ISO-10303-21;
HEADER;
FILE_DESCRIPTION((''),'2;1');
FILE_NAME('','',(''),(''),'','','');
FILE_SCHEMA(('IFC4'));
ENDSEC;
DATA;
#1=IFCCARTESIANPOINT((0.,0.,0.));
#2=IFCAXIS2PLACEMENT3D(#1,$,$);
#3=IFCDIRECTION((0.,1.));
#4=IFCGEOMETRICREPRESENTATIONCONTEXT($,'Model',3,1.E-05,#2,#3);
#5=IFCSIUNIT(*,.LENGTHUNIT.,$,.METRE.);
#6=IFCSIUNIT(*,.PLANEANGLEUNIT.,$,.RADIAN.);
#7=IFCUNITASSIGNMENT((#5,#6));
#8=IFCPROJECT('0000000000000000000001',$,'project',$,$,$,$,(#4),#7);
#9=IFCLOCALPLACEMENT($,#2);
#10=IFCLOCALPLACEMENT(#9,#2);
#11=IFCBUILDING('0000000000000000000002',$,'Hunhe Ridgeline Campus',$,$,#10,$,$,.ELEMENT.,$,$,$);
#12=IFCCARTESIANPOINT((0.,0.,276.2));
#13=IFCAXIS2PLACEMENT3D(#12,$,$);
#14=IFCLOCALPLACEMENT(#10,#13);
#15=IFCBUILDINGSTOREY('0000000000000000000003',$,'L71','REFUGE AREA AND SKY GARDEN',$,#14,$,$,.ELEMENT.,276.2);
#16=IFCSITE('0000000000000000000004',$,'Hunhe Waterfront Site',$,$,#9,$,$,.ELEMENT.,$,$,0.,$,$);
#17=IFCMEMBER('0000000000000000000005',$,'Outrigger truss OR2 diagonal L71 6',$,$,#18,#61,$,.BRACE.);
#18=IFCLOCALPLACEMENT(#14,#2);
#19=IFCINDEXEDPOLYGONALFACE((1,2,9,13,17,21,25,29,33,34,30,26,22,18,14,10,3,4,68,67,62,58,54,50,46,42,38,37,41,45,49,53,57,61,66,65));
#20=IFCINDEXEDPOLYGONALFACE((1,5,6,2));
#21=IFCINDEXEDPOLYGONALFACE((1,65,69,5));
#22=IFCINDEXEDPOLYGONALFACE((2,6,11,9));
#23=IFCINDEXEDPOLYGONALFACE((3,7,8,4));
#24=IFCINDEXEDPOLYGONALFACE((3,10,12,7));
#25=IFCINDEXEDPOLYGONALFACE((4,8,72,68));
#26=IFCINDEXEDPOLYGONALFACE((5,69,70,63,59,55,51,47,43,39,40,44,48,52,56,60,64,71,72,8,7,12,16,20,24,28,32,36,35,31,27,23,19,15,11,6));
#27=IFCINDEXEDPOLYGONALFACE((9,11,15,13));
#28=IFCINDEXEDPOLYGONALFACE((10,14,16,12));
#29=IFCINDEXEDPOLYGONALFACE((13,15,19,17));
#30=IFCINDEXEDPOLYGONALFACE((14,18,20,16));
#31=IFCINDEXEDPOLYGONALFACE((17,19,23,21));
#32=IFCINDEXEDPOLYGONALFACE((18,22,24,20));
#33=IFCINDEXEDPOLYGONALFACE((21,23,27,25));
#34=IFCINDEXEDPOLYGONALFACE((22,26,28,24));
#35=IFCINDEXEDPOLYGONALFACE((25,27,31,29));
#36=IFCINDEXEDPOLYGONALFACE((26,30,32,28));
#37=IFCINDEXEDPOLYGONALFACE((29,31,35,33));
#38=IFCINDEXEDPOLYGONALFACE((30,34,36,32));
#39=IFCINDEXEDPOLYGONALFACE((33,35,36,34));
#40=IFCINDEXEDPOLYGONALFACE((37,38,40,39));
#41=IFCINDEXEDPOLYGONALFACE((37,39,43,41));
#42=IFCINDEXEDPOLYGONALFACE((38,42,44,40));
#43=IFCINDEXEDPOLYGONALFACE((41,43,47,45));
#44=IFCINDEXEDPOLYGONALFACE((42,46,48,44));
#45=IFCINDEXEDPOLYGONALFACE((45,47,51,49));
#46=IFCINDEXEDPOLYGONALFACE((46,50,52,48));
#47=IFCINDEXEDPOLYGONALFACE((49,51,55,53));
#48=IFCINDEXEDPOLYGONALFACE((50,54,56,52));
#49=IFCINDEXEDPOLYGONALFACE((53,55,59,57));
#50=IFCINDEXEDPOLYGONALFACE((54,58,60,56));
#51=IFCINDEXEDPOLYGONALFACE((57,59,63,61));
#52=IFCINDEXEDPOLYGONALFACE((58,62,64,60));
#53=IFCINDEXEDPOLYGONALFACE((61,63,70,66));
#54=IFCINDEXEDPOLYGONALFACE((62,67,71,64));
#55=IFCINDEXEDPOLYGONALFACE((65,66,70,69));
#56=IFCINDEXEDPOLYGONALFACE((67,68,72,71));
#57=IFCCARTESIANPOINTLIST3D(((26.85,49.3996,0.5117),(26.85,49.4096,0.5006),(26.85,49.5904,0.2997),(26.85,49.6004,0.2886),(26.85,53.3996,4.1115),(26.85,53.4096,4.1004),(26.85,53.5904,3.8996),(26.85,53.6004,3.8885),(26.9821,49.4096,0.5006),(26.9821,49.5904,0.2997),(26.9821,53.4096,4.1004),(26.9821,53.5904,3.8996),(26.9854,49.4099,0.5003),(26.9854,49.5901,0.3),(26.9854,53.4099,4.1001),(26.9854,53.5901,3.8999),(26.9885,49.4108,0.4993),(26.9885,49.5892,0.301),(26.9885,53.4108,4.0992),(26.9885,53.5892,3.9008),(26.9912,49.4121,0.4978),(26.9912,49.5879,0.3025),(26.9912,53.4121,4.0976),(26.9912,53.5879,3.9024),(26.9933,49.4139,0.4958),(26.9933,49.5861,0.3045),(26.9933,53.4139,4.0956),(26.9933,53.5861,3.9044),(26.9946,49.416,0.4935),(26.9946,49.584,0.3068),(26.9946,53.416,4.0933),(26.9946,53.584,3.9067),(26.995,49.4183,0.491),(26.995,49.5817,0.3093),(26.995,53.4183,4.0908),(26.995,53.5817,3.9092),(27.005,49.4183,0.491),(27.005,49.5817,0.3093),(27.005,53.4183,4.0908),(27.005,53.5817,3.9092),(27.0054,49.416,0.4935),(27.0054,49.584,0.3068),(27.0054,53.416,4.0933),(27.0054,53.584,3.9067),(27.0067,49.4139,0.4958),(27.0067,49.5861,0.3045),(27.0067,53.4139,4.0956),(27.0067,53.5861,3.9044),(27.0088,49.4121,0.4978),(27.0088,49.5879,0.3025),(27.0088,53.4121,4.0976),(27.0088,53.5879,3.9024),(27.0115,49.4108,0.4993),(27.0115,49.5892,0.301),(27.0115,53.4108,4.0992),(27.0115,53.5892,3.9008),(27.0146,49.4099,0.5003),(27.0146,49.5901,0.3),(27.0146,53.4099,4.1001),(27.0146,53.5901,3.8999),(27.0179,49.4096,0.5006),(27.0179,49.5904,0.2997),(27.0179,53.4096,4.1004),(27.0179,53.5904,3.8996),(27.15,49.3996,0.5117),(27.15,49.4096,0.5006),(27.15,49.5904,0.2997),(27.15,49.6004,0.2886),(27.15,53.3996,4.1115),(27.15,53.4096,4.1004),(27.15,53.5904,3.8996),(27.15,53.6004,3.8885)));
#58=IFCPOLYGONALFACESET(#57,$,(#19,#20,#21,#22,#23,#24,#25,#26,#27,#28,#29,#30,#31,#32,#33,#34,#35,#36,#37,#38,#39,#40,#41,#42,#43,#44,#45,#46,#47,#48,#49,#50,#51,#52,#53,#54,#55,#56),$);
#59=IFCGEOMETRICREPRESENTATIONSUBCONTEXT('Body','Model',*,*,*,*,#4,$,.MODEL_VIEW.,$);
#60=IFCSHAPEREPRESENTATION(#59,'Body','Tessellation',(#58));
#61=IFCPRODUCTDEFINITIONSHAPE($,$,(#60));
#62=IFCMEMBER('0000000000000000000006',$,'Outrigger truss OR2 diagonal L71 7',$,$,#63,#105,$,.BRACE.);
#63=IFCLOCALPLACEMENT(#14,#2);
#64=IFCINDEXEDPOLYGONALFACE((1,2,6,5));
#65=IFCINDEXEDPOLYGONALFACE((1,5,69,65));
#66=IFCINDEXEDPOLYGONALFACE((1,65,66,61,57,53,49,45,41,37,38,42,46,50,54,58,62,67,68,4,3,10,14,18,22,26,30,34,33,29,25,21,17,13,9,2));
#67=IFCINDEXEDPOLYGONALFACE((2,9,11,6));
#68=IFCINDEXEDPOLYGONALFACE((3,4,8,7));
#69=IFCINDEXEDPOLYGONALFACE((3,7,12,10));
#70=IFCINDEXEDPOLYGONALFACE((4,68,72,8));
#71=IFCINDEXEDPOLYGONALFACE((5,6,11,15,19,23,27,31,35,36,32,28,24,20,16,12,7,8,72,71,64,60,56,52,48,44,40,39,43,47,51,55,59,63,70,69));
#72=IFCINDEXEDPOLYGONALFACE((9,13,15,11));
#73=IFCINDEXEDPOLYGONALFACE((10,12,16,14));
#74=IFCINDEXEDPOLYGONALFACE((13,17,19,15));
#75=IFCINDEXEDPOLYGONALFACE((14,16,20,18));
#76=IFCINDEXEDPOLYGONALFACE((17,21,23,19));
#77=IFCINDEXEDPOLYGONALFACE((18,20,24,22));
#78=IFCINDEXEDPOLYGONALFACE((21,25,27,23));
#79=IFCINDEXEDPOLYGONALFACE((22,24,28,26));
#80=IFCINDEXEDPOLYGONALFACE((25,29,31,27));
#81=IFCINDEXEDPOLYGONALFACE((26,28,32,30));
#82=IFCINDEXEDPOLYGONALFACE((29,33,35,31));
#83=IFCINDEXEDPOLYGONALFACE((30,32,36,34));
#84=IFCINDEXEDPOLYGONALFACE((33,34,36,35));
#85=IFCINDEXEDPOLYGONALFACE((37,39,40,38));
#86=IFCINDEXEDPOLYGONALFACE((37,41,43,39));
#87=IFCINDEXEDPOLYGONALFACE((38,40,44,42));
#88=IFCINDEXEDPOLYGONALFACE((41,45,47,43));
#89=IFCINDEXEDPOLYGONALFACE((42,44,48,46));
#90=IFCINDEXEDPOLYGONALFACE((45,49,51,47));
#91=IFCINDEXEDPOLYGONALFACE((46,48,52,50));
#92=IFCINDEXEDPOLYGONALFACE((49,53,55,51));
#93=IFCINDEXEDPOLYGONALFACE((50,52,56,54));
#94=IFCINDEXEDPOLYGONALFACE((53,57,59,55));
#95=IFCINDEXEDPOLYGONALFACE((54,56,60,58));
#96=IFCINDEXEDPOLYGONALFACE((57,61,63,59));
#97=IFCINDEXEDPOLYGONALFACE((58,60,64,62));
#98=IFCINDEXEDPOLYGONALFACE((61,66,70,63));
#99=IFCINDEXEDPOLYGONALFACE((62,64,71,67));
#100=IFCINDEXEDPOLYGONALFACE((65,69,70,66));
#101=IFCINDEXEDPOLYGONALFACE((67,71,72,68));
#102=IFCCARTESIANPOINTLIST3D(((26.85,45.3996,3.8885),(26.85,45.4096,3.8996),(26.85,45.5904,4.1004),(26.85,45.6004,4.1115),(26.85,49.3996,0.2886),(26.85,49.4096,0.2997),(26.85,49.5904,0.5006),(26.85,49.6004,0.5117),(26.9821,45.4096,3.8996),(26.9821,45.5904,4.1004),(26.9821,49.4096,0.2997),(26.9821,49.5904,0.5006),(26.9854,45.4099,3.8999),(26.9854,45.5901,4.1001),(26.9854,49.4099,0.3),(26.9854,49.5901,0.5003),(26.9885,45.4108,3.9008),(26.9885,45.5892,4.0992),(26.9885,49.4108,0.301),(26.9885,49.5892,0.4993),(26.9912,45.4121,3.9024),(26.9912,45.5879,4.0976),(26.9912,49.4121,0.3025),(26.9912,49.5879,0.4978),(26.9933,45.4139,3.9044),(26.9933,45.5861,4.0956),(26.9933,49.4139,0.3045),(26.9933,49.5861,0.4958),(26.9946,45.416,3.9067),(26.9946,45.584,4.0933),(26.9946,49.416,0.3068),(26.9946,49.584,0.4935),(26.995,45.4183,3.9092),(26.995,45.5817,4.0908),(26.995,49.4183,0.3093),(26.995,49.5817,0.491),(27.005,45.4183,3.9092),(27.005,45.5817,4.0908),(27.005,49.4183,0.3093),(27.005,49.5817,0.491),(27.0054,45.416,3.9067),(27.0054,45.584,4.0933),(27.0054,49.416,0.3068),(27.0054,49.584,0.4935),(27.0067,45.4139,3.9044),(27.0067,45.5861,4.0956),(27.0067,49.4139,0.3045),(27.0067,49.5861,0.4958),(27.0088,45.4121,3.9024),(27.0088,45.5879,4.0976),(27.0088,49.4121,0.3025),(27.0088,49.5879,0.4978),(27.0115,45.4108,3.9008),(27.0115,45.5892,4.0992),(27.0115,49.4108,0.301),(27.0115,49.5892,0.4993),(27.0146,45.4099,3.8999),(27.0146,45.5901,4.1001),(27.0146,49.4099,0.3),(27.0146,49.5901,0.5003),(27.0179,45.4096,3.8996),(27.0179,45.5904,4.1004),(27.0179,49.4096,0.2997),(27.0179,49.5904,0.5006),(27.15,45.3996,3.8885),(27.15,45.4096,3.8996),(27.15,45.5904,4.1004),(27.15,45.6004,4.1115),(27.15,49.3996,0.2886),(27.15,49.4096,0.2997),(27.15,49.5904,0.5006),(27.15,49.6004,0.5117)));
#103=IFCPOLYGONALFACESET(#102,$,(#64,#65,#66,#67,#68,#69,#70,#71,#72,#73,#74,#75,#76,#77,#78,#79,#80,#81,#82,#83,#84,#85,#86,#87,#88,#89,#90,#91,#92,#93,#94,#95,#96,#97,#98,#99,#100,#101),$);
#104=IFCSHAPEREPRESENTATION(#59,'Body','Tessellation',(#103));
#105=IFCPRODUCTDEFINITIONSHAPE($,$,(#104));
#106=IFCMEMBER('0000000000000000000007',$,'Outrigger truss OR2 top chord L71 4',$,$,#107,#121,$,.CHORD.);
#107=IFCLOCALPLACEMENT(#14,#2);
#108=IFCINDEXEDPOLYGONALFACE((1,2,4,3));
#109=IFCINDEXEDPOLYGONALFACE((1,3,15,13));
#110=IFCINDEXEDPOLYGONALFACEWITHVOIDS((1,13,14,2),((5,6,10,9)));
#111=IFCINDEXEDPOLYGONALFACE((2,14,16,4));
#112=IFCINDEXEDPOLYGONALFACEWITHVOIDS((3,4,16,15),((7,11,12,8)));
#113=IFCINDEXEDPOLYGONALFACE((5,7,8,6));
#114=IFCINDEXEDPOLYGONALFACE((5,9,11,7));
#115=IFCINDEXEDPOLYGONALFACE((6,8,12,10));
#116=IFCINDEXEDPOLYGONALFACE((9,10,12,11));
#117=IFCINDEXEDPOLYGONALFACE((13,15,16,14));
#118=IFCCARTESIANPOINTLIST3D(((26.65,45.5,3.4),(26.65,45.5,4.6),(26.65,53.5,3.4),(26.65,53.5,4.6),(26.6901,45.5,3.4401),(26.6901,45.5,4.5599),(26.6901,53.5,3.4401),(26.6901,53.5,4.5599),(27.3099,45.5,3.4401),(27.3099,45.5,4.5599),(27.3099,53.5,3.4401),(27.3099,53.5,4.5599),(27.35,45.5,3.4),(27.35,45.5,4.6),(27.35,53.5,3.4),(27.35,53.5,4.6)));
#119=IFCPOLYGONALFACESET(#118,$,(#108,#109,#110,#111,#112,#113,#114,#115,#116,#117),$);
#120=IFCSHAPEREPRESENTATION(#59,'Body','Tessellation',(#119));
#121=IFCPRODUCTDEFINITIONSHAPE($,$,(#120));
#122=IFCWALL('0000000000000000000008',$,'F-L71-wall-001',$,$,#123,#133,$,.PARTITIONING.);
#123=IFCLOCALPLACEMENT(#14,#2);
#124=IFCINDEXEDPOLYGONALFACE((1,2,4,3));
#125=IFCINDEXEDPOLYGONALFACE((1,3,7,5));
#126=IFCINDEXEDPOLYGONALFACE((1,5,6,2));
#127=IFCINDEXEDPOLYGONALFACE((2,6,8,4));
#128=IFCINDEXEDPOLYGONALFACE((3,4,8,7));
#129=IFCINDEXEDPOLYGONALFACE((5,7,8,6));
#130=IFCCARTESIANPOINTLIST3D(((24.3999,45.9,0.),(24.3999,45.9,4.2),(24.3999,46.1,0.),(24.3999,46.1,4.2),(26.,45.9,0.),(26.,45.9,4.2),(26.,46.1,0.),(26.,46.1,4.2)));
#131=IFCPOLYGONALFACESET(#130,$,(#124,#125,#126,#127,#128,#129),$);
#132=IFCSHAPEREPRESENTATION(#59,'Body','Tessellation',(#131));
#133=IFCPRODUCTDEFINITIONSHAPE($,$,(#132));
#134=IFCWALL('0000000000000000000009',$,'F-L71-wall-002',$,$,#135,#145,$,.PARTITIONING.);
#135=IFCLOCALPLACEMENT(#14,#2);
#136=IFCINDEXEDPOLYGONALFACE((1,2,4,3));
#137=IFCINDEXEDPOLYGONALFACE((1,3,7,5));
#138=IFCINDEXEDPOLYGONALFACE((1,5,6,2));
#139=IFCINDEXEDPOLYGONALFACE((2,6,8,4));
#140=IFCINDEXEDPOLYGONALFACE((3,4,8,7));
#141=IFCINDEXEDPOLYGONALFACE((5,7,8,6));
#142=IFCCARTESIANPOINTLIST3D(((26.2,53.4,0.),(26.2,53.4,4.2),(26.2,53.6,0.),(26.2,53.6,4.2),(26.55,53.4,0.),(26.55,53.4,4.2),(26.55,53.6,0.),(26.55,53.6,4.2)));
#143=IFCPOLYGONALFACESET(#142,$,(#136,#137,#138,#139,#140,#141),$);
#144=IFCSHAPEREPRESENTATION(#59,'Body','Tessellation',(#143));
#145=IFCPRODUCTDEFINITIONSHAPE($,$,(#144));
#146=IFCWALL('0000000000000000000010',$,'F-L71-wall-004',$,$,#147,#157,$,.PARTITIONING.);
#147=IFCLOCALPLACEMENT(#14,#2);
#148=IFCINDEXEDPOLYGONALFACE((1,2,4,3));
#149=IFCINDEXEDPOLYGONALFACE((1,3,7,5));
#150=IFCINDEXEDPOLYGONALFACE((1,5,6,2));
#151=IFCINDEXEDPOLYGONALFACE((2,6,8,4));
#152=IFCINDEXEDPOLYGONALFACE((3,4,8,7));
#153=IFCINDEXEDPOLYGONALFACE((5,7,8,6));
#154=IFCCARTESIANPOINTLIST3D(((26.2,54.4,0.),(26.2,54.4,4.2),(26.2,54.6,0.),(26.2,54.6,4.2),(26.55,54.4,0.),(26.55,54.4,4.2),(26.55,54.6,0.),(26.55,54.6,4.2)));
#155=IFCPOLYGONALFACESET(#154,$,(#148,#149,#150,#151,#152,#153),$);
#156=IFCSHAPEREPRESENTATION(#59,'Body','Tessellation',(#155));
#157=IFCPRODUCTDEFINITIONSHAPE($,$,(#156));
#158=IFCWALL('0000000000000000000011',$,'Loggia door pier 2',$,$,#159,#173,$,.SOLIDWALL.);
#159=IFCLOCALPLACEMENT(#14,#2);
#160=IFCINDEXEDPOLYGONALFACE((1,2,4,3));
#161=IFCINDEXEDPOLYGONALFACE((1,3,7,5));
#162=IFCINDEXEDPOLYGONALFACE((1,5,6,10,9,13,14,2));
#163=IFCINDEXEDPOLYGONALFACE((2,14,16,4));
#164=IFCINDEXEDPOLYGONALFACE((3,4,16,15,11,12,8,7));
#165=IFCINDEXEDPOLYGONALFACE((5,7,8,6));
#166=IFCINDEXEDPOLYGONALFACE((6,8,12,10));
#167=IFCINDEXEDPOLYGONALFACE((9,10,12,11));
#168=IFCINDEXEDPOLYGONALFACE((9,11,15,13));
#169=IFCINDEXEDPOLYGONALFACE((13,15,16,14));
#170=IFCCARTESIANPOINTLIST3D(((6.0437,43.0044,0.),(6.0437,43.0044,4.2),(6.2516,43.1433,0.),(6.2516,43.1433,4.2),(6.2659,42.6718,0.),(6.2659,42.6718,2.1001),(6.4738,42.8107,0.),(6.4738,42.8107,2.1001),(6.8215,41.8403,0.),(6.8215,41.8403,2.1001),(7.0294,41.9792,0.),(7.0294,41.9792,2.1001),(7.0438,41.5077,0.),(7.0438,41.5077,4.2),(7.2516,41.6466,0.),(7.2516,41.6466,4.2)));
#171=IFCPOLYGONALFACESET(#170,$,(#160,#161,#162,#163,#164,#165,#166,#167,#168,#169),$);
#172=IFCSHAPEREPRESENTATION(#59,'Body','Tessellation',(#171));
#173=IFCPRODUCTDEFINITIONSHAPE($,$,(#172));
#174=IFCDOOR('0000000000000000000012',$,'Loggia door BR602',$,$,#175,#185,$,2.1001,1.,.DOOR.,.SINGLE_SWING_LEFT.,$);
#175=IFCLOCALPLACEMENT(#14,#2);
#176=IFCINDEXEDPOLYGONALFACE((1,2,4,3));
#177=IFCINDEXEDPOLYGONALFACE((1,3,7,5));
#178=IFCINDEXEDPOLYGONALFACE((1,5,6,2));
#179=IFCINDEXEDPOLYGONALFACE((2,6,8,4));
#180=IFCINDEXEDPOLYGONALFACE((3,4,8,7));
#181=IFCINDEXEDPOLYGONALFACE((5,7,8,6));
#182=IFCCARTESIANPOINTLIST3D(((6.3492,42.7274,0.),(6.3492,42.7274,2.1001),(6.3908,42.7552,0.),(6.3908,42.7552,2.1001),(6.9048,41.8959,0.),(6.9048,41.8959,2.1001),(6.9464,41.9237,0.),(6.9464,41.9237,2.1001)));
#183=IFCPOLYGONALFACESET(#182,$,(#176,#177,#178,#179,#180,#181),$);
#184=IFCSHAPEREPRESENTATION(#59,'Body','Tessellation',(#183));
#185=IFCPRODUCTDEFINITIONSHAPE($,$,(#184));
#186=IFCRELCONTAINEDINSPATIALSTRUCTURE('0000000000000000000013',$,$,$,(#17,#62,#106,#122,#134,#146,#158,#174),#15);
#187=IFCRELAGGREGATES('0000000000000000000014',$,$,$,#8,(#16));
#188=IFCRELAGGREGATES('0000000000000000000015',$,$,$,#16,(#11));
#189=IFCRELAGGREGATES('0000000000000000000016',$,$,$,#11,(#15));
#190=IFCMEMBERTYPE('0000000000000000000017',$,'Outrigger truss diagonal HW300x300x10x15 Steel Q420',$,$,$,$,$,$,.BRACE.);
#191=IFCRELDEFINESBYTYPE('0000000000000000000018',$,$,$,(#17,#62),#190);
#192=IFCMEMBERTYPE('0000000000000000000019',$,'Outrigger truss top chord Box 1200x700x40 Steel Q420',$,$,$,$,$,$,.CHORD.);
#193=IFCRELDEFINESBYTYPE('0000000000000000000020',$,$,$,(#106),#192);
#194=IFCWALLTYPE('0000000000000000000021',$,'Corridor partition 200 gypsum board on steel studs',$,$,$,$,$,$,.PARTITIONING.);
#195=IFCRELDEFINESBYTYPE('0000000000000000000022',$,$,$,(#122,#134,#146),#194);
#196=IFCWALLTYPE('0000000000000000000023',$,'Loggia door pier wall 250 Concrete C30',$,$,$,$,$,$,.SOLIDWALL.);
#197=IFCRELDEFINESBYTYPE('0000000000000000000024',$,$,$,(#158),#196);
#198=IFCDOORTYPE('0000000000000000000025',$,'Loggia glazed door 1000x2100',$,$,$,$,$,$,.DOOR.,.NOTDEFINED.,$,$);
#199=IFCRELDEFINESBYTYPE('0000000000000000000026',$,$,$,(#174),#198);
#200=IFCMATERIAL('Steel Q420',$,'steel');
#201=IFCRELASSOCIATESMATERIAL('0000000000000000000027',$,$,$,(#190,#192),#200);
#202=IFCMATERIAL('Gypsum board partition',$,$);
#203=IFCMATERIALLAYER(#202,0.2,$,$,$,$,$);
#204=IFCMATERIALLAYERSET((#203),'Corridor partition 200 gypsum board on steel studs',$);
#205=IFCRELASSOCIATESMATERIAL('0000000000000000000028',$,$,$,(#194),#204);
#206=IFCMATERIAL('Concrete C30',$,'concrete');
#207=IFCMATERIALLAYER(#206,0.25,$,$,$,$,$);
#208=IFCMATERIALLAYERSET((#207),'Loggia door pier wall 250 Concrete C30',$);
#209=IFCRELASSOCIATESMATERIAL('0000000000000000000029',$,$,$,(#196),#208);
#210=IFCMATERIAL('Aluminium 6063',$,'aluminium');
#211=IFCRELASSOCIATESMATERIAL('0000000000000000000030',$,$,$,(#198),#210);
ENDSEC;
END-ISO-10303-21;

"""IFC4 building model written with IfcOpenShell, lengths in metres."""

from ifc_helpers import new_model, si_unit, direction, frame, frame_2d, origin, origin_2d, place, context, subcontext, project, spatial, rectangle, hollow_rectangle, i_section, extrude, material, layer, layer_set, material_profile, profile_set, type_object, element, fill, save


model = new_model("IFC4")

# Units and contexts
model_context = context("Model", 3, precision=1e-05, world=origin(), true_north=direction((0.0, 1.0)))
body_context = subcontext(model_context, "Body", "Model", "MODEL_VIEW")
ifc_project = project(units=[si_unit("LENGTHUNIT", "METRE"), si_unit("PLANEANGLEUNIT", "RADIAN")], contexts=[model_context])

# Site, building, storey
site_placement = place(None, origin())
site = spatial("IfcSite", under=ifc_project, at=site_placement, Name="Hunhe Waterfront Site", CompositionType="ELEMENT", RefElevation=0.0)
building_placement = place(site_placement, origin())
building = spatial("IfcBuilding", under=site, at=building_placement, Name="Hunhe Ridgeline Campus", CompositionType="ELEMENT")
storey_placement = place(building_placement, frame((0.0, 0.0, 276.2)))
storey = spatial("IfcBuildingStorey", under=building, at=storey_placement, Name="L71", Description="REFUGE AREA AND SKY GARDEN", CompositionType="ELEMENT", Elevation=276.2)

# Members
ifc_material_1 = material(Name="Steel Q420", Category="steel")
ifc_material_2 = material(Name="Aluminium 6063", Category="aluminium")
ifc_material_profile_1 = material_profile(ifc_material_1, i_section(OverallWidth=0.3, OverallDepth=0.3, WebThickness=0.01, FlangeThickness=0.0149, FilletRadius=0.0129, at=origin_2d()))
ifc_profile_set_1 = profile_set([ifc_material_profile_1], Name="Steel Q420")
member_type_1 = type_object("IfcMemberType", Name="Outrigger truss diagonal HW300x300x10x15 Steel Q420", PredefinedType="BRACE", material=ifc_profile_set_1)
for number, where, z_axis, x_axis, name in (
    (1, (27.0, 53.5, 4.0), (0.0, -0.743308, -0.66895), (1.0, 0.0, 0.0), "Outrigger truss OR2 diagonal L71 6"),
    (2, (27.0, 49.5, 0.4001), (0.0, -0.743308, 0.66895), (1.0, 0.0, 0.0), "Outrigger truss OR2 diagonal L71 7"),
):
    element("IfcMember", number, at=place(storey_placement, frame(where, z_axis=z_axis, x_axis=x_axis)), inside=storey, type_object=member_type_1, Name=name, PredefinedType="BRACE", context=body_context, shape_type="SweptSolid", body=[
        extrude(i_section(OverallWidth=0.3, OverallDepth=0.3, WebThickness=0.01, FlangeThickness=0.0149, FilletRadius=0.0129, at=origin_2d()), origin(), (0.0, 0.0, 1.0), 5.3813),
    ])
ifc_material_profile_2 = material_profile(ifc_material_1, hollow_rectangle(XDim=0.7, YDim=1.2, WallThickness=0.04, at=origin_2d()))
ifc_profile_set_2 = profile_set([ifc_material_profile_2], Name="Steel Q420")
member_type_2 = type_object("IfcMemberType", Name="Outrigger truss top chord Box 1200x700x40 Steel Q420", PredefinedType="CHORD", material=ifc_profile_set_2)
member_1_placement = place(storey_placement, frame((27.0, 53.5, 4.0), z_axis=(0.0, -1.0, 0.0), x_axis=(1.0, 0.0, 0.0)))
element("IfcMember", 3, at=member_1_placement, inside=storey, type_object=member_type_2, Name="Outrigger truss OR2 top chord L71 4", PredefinedType="CHORD", context=body_context, shape_type="SweptSolid", body=[
    extrude(hollow_rectangle(XDim=0.7, YDim=1.2, WallThickness=0.04, at=origin_2d()), origin(), (0.0, 0.0, 1.0), 8.0),
])

# Walls
ifc_material_3 = material(Name="Gypsum board partition")
ifc_layer_1 = layer(ifc_material_3, 0.2)
ifc_layer_set_1 = layer_set([ifc_layer_1], Name="Corridor partition 200 gypsum board on steel studs")
wall_type_1 = type_object("IfcWallType", Name="Corridor partition 200 gypsum board on steel studs", PredefinedType="PARTITIONING", material=ifc_layer_set_1)
wall_1_placement = place(storey_placement, frame((26.0, 46.0, 0.0), z_axis=(0.0, 0.0, 1.0), x_axis=(-1.0, 0.0, 0.0)))
element("IfcWall", 4, at=wall_1_placement, inside=storey, type_object=wall_type_1, Name="F-L71-wall-001", PredefinedType="PARTITIONING", context=body_context, shape_type="SweptSolid", body=[
    extrude(rectangle(XDim=1.6001, YDim=0.2, at=frame_2d((0.8, 0.0))), origin(), (0.0, 0.0, 1.0), 4.2),
])
for number, where, z_axis, x_axis, name in (
    (5, (26.2, 53.5, 0.0), (0.0, 0.0, 1.0), (1.0, 0.0, 0.0), "F-L71-wall-002"),
    (6, (26.2, 54.5, 0.0), (0.0, 0.0, 1.0), (1.0, 0.0, 0.0), "F-L71-wall-004"),
):
    element("IfcWall", number, at=place(storey_placement, frame(where, z_axis=z_axis, x_axis=x_axis)), inside=storey, type_object=wall_type_1, Name=name, PredefinedType="PARTITIONING", context=body_context, shape_type="SweptSolid", body=[
        extrude(rectangle(XDim=0.3501, YDim=0.2, at=frame_2d((0.175, 0.0))), origin(), (0.0, 0.0, 1.0), 4.2),
    ])

# Wall, opening, door
ifc_material_4 = material(Name="Concrete C30", Category="concrete")
ifc_layer_2 = layer(ifc_material_4, 0.25)
ifc_layer_set_2 = layer_set([ifc_layer_2], Name="Loggia door pier wall 250 Concrete C30")
wall_type_2 = type_object("IfcWallType", Name="Loggia door pier wall 250 Concrete C30", PredefinedType="SOLIDWALL", material=ifc_layer_set_2)
wall_2_placement = place(storey_placement, frame((6.1477, 43.0737, 0.0), z_axis=(0.0, 0.0, 1.0), x_axis=(0.555576, -0.831466, 0.0)))
wall_2 = element("IfcWall", 7, at=wall_2_placement, inside=storey, type_object=wall_type_2, Name="Loggia door pier 2", PredefinedType="SOLIDWALL", context=body_context, shape_type="SweptSolid", body=[
    extrude(rectangle(XDim=1.8, YDim=0.25, at=frame_2d((0.8999, 0.0))), origin(), (0.0, 0.0, 1.0), 4.2),
])
opening_1_placement = place(wall_2_placement, frame((0.3999, 0.0, 0.0)))
opening_1 = element("IfcOpeningElement", 8, at=opening_1_placement, cuts=wall_2, PredefinedType="OPENING", context=body_context, shape_type="SweptSolid", body=[
    extrude(rectangle(XDim=1.0, YDim=2.1001, at=frame_2d((0.5, 1.05))), frame((0.0, 0.125, 0.0), z_axis=(0.0, -1.0, 0.0), x_axis=(1.0, 0.0, 0.0)), (0.0, 0.0, 1.0), 0.25),
])
door_type_1 = type_object("IfcDoorType", Name="Loggia glazed door 1000x2100", OperationType="NOTDEFINED", PredefinedType="DOOR", material=ifc_material_2)
door_1_placement = place(opening_1_placement, frame((1.0, 0.0, 0.0), z_axis=(0.0, 0.0, 1.0), x_axis=(-1.0, 0.0, 0.0)))
door_1 = element("IfcDoor", 9, at=door_1_placement, inside=storey, type_object=door_type_1, Name="Loggia door BR602", OperationType="SINGLE_SWING_LEFT", OverallHeight=2.1001, OverallWidth=1.0, PredefinedType="DOOR", context=body_context, shape_type="SweptSolid", body=[
    extrude(rectangle(XDim=1.0, YDim=2.1001, at=frame_2d((0.5, 1.05))), frame((0.0, 0.0249, 0.0), z_axis=(0.0, -1.0, 0.0), x_axis=(1.0, 0.0, 0.0)), (0.0, 0.0, 1.0), 0.05),
])
fill(opening_1, door_1)

save(model, "model.ifc")
